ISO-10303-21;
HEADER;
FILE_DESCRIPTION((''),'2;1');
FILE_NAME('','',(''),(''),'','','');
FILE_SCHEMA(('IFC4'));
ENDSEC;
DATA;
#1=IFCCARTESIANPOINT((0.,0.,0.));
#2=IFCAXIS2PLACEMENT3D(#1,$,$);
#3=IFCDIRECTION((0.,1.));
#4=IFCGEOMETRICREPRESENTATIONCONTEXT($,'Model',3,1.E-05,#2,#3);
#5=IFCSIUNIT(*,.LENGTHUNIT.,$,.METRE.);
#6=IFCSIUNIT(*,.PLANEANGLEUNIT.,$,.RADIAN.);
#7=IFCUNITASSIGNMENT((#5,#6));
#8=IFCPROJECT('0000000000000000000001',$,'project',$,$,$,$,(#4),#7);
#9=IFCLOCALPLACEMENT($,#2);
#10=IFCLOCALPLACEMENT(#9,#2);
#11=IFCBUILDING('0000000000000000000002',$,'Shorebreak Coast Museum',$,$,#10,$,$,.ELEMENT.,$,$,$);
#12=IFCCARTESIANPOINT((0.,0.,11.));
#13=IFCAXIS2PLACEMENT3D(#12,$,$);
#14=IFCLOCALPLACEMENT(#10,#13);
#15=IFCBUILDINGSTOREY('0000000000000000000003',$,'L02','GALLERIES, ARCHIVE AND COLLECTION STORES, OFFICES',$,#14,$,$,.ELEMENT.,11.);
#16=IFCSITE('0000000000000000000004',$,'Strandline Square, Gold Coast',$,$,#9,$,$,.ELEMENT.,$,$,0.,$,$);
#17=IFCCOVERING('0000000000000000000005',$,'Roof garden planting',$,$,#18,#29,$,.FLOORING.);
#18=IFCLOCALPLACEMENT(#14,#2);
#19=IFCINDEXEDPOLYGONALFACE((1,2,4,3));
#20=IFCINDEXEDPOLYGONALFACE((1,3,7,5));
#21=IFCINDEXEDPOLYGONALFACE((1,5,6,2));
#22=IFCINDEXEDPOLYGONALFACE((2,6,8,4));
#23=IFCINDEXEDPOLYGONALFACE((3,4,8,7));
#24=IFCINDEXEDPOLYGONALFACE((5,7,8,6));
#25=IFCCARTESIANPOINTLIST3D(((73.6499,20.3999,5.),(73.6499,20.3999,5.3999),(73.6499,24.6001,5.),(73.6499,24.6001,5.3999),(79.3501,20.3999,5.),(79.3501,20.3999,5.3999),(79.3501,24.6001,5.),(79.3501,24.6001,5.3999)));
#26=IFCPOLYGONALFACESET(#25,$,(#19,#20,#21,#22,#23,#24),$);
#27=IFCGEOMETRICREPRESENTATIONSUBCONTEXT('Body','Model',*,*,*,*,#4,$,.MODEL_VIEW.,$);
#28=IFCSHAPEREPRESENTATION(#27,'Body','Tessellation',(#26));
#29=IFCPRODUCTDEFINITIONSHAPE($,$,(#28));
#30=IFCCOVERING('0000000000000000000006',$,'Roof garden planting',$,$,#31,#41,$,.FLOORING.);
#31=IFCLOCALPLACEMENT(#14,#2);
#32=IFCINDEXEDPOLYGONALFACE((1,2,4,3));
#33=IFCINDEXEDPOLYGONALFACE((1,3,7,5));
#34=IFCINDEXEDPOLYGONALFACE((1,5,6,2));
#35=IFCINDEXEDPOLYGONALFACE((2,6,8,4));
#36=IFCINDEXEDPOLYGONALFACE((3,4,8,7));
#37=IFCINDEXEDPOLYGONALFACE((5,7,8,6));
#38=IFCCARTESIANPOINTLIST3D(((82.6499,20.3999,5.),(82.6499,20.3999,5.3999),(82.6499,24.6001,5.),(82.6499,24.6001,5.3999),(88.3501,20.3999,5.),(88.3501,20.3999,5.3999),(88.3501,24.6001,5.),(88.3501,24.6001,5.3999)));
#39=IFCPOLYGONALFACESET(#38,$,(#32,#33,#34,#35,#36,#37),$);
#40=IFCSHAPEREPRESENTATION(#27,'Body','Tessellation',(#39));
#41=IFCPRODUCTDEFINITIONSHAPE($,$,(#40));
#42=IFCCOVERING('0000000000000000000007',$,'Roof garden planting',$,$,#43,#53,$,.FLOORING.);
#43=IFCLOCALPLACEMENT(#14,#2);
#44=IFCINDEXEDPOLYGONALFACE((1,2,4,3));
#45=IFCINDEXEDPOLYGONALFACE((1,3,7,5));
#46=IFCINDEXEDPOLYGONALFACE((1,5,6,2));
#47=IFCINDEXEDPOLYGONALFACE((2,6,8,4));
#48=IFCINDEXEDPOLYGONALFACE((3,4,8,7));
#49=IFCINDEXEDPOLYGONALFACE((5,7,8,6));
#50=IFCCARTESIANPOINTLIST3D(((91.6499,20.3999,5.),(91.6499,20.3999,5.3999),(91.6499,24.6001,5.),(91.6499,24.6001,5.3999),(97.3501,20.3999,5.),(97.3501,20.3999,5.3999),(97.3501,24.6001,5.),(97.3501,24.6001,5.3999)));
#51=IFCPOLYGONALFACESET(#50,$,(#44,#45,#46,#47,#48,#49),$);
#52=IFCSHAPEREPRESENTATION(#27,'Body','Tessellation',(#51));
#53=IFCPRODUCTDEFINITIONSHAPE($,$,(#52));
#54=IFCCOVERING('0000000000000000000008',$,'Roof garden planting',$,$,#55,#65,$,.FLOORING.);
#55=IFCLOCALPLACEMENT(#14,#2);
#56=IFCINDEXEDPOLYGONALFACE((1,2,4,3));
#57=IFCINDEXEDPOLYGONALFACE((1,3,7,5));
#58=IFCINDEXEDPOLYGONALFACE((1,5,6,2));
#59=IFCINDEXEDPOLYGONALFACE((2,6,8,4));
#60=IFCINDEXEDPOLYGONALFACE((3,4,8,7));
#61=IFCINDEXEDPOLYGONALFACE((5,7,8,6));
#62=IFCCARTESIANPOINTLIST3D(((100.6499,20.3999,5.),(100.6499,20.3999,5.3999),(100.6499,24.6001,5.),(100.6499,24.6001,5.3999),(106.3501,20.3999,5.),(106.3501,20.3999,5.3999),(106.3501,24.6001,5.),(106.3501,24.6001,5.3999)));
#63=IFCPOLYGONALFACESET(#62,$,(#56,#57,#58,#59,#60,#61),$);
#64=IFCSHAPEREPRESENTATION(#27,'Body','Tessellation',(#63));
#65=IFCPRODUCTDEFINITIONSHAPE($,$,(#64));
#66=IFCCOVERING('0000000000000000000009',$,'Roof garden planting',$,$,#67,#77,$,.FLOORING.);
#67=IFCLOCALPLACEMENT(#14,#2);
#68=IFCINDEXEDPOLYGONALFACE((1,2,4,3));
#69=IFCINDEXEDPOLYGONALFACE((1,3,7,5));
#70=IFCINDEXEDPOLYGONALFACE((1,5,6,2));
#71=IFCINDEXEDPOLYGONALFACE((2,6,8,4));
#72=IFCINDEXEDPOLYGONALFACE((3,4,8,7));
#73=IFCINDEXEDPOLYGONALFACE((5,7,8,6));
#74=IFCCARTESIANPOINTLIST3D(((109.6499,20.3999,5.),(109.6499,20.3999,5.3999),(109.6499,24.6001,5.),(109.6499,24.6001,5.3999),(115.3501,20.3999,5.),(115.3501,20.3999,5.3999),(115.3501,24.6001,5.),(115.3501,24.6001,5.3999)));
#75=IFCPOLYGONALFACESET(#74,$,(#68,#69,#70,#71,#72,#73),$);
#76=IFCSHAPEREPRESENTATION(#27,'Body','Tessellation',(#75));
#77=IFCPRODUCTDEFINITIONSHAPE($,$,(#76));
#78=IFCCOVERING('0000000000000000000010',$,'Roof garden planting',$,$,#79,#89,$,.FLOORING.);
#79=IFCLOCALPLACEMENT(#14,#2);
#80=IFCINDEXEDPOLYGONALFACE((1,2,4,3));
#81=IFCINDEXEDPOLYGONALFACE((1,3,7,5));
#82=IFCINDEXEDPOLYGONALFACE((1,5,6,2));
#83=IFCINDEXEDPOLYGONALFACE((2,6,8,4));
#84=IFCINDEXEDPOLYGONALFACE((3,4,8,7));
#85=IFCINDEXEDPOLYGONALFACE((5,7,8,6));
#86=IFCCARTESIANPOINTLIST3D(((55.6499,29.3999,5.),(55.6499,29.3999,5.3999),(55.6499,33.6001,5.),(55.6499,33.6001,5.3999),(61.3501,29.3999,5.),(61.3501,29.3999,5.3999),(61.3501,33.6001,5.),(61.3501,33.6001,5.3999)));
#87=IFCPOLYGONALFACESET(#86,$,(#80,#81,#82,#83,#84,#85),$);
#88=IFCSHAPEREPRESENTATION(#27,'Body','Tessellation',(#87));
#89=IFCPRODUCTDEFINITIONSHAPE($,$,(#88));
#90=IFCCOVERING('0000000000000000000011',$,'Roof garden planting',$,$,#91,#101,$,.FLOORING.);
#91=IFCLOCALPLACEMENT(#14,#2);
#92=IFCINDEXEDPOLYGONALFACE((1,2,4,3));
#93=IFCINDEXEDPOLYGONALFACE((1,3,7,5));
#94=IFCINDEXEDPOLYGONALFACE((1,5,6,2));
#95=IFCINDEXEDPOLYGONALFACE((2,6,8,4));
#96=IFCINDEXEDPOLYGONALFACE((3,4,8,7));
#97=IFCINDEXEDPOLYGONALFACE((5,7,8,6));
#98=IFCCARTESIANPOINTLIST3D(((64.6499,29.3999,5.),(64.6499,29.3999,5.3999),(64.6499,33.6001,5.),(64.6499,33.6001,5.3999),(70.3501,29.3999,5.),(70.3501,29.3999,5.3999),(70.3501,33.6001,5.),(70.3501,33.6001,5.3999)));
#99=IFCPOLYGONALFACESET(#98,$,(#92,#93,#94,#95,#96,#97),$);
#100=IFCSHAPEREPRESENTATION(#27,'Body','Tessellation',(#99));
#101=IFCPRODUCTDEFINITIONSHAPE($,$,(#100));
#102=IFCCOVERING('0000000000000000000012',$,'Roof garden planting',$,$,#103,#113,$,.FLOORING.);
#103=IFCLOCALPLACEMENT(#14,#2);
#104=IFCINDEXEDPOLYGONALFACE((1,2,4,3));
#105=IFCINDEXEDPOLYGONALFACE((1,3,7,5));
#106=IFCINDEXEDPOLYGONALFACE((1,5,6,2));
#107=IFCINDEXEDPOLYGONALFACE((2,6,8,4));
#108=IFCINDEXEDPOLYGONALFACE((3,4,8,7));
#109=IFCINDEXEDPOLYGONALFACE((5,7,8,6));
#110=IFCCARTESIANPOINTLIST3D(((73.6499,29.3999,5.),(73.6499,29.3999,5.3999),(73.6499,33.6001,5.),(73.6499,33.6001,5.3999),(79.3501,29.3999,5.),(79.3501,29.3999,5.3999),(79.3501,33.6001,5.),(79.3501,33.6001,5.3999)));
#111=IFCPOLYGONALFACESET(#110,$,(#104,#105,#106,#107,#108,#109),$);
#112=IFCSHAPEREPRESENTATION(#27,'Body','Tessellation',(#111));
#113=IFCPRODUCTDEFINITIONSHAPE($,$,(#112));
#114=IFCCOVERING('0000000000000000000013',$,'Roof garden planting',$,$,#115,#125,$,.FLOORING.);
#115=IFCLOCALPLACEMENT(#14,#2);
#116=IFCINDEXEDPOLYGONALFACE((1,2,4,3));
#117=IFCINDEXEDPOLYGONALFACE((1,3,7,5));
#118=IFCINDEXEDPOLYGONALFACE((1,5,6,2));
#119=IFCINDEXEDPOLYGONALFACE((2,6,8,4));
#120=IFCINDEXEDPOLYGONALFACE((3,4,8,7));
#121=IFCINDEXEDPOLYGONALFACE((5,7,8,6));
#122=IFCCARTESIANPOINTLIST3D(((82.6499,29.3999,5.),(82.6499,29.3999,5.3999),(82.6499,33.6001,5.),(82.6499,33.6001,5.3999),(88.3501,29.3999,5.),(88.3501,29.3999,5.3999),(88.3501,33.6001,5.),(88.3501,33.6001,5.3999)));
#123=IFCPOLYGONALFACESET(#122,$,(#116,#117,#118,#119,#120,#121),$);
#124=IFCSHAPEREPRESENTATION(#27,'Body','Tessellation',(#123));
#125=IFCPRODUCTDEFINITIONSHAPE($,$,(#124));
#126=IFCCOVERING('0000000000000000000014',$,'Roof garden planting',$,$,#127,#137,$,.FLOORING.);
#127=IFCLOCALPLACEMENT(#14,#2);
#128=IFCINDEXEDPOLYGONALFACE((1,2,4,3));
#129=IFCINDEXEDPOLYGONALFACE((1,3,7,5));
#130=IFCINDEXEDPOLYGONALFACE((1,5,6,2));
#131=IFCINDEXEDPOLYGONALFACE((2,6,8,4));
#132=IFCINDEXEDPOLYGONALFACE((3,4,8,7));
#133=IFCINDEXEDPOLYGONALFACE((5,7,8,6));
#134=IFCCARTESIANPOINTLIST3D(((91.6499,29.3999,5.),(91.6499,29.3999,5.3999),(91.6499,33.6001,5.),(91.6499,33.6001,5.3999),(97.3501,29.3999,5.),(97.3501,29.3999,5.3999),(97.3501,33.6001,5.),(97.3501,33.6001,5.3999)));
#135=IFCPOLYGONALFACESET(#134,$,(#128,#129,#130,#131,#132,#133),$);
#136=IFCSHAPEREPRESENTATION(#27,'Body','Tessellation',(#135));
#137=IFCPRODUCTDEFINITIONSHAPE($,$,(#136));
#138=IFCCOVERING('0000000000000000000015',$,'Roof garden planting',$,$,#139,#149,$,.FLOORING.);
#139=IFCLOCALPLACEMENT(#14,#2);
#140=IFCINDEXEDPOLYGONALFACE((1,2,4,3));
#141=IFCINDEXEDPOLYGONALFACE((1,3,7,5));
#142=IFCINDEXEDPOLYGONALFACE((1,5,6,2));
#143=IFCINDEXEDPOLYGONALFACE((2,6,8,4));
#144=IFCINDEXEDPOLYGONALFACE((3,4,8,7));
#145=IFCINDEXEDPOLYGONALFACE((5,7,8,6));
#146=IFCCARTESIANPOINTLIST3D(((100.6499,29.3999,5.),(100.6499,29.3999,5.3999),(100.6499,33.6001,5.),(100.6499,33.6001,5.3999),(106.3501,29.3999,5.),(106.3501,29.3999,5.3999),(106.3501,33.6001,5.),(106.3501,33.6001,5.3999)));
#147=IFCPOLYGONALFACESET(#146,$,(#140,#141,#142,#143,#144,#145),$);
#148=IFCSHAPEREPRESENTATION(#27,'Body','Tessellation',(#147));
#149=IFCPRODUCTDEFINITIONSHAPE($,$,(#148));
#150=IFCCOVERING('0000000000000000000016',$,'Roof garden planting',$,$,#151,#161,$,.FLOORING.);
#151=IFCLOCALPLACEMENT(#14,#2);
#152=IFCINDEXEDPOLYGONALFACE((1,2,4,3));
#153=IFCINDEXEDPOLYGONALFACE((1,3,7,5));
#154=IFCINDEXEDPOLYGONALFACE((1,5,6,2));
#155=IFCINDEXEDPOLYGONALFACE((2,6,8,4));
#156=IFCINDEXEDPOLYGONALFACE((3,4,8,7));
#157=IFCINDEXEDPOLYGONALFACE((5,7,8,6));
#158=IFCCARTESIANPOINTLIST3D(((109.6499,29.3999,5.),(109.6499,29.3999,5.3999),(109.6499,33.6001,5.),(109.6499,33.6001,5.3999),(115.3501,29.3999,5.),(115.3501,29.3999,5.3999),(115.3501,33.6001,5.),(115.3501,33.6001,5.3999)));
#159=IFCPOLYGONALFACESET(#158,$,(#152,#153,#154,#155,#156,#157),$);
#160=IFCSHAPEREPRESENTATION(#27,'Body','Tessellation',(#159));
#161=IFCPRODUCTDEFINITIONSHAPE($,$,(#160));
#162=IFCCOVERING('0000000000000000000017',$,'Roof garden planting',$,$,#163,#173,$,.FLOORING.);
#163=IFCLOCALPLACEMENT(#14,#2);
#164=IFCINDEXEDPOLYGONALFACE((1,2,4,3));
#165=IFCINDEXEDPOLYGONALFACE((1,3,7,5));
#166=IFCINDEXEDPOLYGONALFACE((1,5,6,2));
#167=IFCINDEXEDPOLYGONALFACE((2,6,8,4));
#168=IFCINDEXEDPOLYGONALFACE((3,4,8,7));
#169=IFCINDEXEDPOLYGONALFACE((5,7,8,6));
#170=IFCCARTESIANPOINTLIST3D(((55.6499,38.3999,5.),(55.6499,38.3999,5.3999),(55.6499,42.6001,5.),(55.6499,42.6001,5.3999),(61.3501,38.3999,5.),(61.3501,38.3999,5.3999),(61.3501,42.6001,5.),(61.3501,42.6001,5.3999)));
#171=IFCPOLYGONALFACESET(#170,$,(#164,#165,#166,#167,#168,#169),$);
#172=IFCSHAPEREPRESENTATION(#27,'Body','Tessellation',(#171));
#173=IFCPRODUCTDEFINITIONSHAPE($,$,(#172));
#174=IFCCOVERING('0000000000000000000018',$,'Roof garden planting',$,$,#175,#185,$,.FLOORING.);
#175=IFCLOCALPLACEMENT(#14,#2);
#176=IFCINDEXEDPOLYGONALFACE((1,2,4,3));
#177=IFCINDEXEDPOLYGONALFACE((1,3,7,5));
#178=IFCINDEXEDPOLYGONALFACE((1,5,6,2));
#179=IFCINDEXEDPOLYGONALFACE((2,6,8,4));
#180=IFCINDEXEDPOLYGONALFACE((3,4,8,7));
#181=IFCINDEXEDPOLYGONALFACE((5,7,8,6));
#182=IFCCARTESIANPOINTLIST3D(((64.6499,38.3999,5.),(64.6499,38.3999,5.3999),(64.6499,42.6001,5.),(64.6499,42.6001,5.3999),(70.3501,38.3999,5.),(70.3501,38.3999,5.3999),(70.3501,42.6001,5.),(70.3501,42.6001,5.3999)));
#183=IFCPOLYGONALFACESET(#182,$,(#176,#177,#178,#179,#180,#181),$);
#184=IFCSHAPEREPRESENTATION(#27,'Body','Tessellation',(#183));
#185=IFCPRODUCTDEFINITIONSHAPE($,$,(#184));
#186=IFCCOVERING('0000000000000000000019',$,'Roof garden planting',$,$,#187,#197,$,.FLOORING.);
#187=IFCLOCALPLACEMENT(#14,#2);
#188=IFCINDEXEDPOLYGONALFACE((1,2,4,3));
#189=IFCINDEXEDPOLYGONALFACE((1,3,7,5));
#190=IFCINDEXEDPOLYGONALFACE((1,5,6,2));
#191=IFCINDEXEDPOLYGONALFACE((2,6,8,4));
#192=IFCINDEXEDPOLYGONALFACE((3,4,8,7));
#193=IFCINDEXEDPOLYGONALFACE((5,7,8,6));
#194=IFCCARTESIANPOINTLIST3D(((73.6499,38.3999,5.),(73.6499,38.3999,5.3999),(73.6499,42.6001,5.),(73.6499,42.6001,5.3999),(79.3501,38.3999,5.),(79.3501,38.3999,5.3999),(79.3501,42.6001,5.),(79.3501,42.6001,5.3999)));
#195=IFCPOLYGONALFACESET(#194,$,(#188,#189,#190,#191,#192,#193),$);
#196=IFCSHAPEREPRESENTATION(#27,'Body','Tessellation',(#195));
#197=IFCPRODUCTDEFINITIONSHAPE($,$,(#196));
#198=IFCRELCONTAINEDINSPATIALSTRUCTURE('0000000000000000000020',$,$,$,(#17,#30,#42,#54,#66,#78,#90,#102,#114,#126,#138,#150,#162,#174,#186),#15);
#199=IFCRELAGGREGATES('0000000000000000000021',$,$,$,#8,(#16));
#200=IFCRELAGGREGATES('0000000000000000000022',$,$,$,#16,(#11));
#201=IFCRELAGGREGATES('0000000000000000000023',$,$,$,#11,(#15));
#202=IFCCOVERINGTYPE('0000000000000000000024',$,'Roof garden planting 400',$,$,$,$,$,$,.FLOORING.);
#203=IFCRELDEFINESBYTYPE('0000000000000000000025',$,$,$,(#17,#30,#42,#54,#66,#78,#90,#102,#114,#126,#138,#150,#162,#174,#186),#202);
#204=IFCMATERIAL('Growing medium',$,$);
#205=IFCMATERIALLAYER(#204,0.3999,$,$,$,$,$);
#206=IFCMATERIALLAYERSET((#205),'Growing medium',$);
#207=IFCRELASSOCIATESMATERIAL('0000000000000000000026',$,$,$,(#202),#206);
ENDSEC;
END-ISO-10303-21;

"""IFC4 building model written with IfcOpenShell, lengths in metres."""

from ifc_helpers import new_model, si_unit, direction, frame, origin, place, context, subcontext, project, spatial, polyline, outline, extrude, material, layer, layer_set, type_object, element, save


model = new_model("IFC4")

# Units and contexts
model_context = context("Model", 3, precision=1e-05, world=origin(), true_north=direction((0.0, 1.0)))
body_context = subcontext(model_context, "Body", "Model", "MODEL_VIEW")
ifc_project = project(units=[si_unit("LENGTHUNIT", "METRE"), si_unit("PLANEANGLEUNIT", "RADIAN")], contexts=[model_context])

# Site, building, storey
site_placement = place(None, origin())
site = spatial("IfcSite", under=ifc_project, at=site_placement, Name="Strandline Square, Gold Coast", CompositionType="ELEMENT", RefElevation=0.0)
building_placement = place(site_placement, origin())
building = spatial("IfcBuilding", under=site, at=building_placement, Name="Shorebreak Coast Museum", CompositionType="ELEMENT")
storey_placement = place(building_placement, frame((0.0, 0.0, 11.0)))
storey = spatial("IfcBuildingStorey", under=building, at=storey_placement, Name="L02", Description="GALLERIES, ARCHIVE AND COLLECTION STORES, OFFICES", CompositionType="ELEMENT", Elevation=11.0)

# Coverings
ifc_material_1 = material(Name="Growing medium")
ifc_layer_1 = layer(ifc_material_1, 0.3999)
ifc_layer_set_1 = layer_set([ifc_layer_1], Name="Growing medium")
covering_type_1 = type_object("IfcCoveringType", Name="Roof garden planting 400", PredefinedType="FLOORING", material=ifc_layer_set_1)
covering_1_placement = place(storey_placement, frame((0.0, 0.0, 5.0)))
element("IfcCovering", 1, at=covering_1_placement, inside=storey, type_object=covering_type_1, Name="Roof garden planting", PredefinedType="FLOORING", context=body_context, shape_type="SweptSolid", body=[
    extrude(outline(polyline([(79.3501, 20.3999), (79.3501, 24.6001), (73.6499, 24.6001), (73.6499, 20.3999), (79.3501, 20.3999)])), origin(), (0.0, 0.0, 1.0), 0.3999),
])
covering_2_placement = place(storey_placement, frame((0.0, 0.0, 5.0)))
element("IfcCovering", 2, at=covering_2_placement, inside=storey, type_object=covering_type_1, Name="Roof garden planting", PredefinedType="FLOORING", context=body_context, shape_type="SweptSolid", body=[
    extrude(outline(polyline([(88.3501, 20.3999), (88.3501, 24.6001), (82.6499, 24.6001), (82.6499, 20.3999), (88.3501, 20.3999)])), origin(), (0.0, 0.0, 1.0), 0.3999),
])
covering_3_placement = place(storey_placement, frame((0.0, 0.0, 5.0)))
element("IfcCovering", 3, at=covering_3_placement, inside=storey, type_object=covering_type_1, Name="Roof garden planting", PredefinedType="FLOORING", context=body_context, shape_type="SweptSolid", body=[
    extrude(outline(polyline([(97.3501, 20.3999), (97.3501, 24.6001), (91.6499, 24.6001), (91.6499, 20.3999), (97.3501, 20.3999)])), origin(), (0.0, 0.0, 1.0), 0.3999),
])
covering_4_placement = place(storey_placement, frame((0.0, 0.0, 5.0)))
element("IfcCovering", 4, at=covering_4_placement, inside=storey, type_object=covering_type_1, Name="Roof garden planting", PredefinedType="FLOORING", context=body_context, shape_type="SweptSolid", body=[
    extrude(outline(polyline([(106.3501, 20.3999), (106.3501, 24.6001), (100.6499, 24.6001), (100.6499, 20.3999), (106.3501, 20.3999)])), origin(), (0.0, 0.0, 1.0), 0.3999),
])
covering_5_placement = place(storey_placement, frame((0.0, 0.0, 5.0)))
element("IfcCovering", 5, at=covering_5_placement, inside=storey, type_object=covering_type_1, Name="Roof garden planting", PredefinedType="FLOORING", context=body_context, shape_type="SweptSolid", body=[
    extrude(outline(polyline([(115.3501, 20.3999), (115.3501, 24.6001), (109.6499, 24.6001), (109.6499, 20.3999), (115.3501, 20.3999)])), origin(), (0.0, 0.0, 1.0), 0.3999),
])
covering_6_placement = place(storey_placement, frame((0.0, 0.0, 5.0)))
element("IfcCovering", 6, at=covering_6_placement, inside=storey, type_object=covering_type_1, Name="Roof garden planting", PredefinedType="FLOORING", context=body_context, shape_type="SweptSolid", body=[
    extrude(outline(polyline([(61.3501, 29.3999), (61.3501, 33.6001), (55.6499, 33.6001), (55.6499, 29.3999), (61.3501, 29.3999)])), origin(), (0.0, 0.0, 1.0), 0.3999),
])
covering_7_placement = place(storey_placement, frame((0.0, 0.0, 5.0)))
element("IfcCovering", 7, at=covering_7_placement, inside=storey, type_object=covering_type_1, Name="Roof garden planting", PredefinedType="FLOORING", context=body_context, shape_type="SweptSolid", body=[
    extrude(outline(polyline([(70.3501, 29.3999), (70.3501, 33.6001), (64.6499, 33.6001), (64.6499, 29.3999), (70.3501, 29.3999)])), origin(), (0.0, 0.0, 1.0), 0.3999),
])
covering_8_placement = place(storey_placement, frame((0.0, 0.0, 5.0)))
element("IfcCovering", 8, at=covering_8_placement, inside=storey, type_object=covering_type_1, Name="Roof garden planting", PredefinedType="FLOORING", context=body_context, shape_type="SweptSolid", body=[
    extrude(outline(polyline([(79.3501, 29.3999), (79.3501, 33.6001), (73.6499, 33.6001), (73.6499, 29.3999), (79.3501, 29.3999)])), origin(), (0.0, 0.0, 1.0), 0.3999),
])
covering_9_placement = place(storey_placement, frame((0.0, 0.0, 5.0)))
element("IfcCovering", 9, at=covering_9_placement, inside=storey, type_object=covering_type_1, Name="Roof garden planting", PredefinedType="FLOORING", context=body_context, shape_type="SweptSolid", body=[
    extrude(outline(polyline([(88.3501, 29.3999), (88.3501, 33.6001), (82.6499, 33.6001), (82.6499, 29.3999), (88.3501, 29.3999)])), origin(), (0.0, 0.0, 1.0), 0.3999),
])
covering_10_placement = place(storey_placement, frame((0.0, 0.0, 5.0)))
element("IfcCovering", 10, at=covering_10_placement, inside=storey, type_object=covering_type_1, Name="Roof garden planting", PredefinedType="FLOORING", context=body_context, shape_type="SweptSolid", body=[
    extrude(outline(polyline([(97.3501, 29.3999), (97.3501, 33.6001), (91.6499, 33.6001), (91.6499, 29.3999), (97.3501, 29.3999)])), origin(), (0.0, 0.0, 1.0), 0.3999),
])
covering_11_placement = place(storey_placement, frame((0.0, 0.0, 5.0)))
element("IfcCovering", 11, at=covering_11_placement, inside=storey, type_object=covering_type_1, Name="Roof garden planting", PredefinedType="FLOORING", context=body_context, shape_type="SweptSolid", body=[
    extrude(outline(polyline([(106.3501, 29.3999), (106.3501, 33.6001), (100.6499, 33.6001), (100.6499, 29.3999), (106.3501, 29.3999)])), origin(), (0.0, 0.0, 1.0), 0.3999),
])
covering_12_placement = place(storey_placement, frame((0.0, 0.0, 5.0)))
element("IfcCovering", 12, at=covering_12_placement, inside=storey, type_object=covering_type_1, Name="Roof garden planting", PredefinedType="FLOORING", context=body_context, shape_type="SweptSolid", body=[
    extrude(outline(polyline([(115.3501, 29.3999), (115.3501, 33.6001), (109.6499, 33.6001), (109.6499, 29.3999), (115.3501, 29.3999)])), origin(), (0.0, 0.0, 1.0), 0.3999),
])
covering_13_placement = place(storey_placement, frame((0.0, 0.0, 5.0)))
element("IfcCovering", 13, at=covering_13_placement, inside=storey, type_object=covering_type_1, Name="Roof garden planting", PredefinedType="FLOORING", context=body_context, shape_type="SweptSolid", body=[
    extrude(outline(polyline([(61.3501, 38.3999), (61.3501, 42.6001), (55.6499, 42.6001), (55.6499, 38.3999), (61.3501, 38.3999)])), origin(), (0.0, 0.0, 1.0), 0.3999),
])
covering_14_placement = place(storey_placement, frame((0.0, 0.0, 5.0)))
element("IfcCovering", 14, at=covering_14_placement, inside=storey, type_object=covering_type_1, Name="Roof garden planting", PredefinedType="FLOORING", context=body_context, shape_type="SweptSolid", body=[
    extrude(outline(polyline([(70.3501, 38.3999), (70.3501, 42.6001), (64.6499, 42.6001), (64.6499, 38.3999), (70.3501, 38.3999)])), origin(), (0.0, 0.0, 1.0), 0.3999),
])
covering_15_placement = place(storey_placement, frame((0.0, 0.0, 5.0)))
element("IfcCovering", 15, at=covering_15_placement, inside=storey, type_object=covering_type_1, Name="Roof garden planting", PredefinedType="FLOORING", context=body_context, shape_type="SweptSolid", body=[
    extrude(outline(polyline([(79.3501, 38.3999), (79.3501, 42.6001), (73.6499, 42.6001), (73.6499, 38.3999), (79.3501, 38.3999)])), origin(), (0.0, 0.0, 1.0), 0.3999),
])

save(model, "model.ifc")
